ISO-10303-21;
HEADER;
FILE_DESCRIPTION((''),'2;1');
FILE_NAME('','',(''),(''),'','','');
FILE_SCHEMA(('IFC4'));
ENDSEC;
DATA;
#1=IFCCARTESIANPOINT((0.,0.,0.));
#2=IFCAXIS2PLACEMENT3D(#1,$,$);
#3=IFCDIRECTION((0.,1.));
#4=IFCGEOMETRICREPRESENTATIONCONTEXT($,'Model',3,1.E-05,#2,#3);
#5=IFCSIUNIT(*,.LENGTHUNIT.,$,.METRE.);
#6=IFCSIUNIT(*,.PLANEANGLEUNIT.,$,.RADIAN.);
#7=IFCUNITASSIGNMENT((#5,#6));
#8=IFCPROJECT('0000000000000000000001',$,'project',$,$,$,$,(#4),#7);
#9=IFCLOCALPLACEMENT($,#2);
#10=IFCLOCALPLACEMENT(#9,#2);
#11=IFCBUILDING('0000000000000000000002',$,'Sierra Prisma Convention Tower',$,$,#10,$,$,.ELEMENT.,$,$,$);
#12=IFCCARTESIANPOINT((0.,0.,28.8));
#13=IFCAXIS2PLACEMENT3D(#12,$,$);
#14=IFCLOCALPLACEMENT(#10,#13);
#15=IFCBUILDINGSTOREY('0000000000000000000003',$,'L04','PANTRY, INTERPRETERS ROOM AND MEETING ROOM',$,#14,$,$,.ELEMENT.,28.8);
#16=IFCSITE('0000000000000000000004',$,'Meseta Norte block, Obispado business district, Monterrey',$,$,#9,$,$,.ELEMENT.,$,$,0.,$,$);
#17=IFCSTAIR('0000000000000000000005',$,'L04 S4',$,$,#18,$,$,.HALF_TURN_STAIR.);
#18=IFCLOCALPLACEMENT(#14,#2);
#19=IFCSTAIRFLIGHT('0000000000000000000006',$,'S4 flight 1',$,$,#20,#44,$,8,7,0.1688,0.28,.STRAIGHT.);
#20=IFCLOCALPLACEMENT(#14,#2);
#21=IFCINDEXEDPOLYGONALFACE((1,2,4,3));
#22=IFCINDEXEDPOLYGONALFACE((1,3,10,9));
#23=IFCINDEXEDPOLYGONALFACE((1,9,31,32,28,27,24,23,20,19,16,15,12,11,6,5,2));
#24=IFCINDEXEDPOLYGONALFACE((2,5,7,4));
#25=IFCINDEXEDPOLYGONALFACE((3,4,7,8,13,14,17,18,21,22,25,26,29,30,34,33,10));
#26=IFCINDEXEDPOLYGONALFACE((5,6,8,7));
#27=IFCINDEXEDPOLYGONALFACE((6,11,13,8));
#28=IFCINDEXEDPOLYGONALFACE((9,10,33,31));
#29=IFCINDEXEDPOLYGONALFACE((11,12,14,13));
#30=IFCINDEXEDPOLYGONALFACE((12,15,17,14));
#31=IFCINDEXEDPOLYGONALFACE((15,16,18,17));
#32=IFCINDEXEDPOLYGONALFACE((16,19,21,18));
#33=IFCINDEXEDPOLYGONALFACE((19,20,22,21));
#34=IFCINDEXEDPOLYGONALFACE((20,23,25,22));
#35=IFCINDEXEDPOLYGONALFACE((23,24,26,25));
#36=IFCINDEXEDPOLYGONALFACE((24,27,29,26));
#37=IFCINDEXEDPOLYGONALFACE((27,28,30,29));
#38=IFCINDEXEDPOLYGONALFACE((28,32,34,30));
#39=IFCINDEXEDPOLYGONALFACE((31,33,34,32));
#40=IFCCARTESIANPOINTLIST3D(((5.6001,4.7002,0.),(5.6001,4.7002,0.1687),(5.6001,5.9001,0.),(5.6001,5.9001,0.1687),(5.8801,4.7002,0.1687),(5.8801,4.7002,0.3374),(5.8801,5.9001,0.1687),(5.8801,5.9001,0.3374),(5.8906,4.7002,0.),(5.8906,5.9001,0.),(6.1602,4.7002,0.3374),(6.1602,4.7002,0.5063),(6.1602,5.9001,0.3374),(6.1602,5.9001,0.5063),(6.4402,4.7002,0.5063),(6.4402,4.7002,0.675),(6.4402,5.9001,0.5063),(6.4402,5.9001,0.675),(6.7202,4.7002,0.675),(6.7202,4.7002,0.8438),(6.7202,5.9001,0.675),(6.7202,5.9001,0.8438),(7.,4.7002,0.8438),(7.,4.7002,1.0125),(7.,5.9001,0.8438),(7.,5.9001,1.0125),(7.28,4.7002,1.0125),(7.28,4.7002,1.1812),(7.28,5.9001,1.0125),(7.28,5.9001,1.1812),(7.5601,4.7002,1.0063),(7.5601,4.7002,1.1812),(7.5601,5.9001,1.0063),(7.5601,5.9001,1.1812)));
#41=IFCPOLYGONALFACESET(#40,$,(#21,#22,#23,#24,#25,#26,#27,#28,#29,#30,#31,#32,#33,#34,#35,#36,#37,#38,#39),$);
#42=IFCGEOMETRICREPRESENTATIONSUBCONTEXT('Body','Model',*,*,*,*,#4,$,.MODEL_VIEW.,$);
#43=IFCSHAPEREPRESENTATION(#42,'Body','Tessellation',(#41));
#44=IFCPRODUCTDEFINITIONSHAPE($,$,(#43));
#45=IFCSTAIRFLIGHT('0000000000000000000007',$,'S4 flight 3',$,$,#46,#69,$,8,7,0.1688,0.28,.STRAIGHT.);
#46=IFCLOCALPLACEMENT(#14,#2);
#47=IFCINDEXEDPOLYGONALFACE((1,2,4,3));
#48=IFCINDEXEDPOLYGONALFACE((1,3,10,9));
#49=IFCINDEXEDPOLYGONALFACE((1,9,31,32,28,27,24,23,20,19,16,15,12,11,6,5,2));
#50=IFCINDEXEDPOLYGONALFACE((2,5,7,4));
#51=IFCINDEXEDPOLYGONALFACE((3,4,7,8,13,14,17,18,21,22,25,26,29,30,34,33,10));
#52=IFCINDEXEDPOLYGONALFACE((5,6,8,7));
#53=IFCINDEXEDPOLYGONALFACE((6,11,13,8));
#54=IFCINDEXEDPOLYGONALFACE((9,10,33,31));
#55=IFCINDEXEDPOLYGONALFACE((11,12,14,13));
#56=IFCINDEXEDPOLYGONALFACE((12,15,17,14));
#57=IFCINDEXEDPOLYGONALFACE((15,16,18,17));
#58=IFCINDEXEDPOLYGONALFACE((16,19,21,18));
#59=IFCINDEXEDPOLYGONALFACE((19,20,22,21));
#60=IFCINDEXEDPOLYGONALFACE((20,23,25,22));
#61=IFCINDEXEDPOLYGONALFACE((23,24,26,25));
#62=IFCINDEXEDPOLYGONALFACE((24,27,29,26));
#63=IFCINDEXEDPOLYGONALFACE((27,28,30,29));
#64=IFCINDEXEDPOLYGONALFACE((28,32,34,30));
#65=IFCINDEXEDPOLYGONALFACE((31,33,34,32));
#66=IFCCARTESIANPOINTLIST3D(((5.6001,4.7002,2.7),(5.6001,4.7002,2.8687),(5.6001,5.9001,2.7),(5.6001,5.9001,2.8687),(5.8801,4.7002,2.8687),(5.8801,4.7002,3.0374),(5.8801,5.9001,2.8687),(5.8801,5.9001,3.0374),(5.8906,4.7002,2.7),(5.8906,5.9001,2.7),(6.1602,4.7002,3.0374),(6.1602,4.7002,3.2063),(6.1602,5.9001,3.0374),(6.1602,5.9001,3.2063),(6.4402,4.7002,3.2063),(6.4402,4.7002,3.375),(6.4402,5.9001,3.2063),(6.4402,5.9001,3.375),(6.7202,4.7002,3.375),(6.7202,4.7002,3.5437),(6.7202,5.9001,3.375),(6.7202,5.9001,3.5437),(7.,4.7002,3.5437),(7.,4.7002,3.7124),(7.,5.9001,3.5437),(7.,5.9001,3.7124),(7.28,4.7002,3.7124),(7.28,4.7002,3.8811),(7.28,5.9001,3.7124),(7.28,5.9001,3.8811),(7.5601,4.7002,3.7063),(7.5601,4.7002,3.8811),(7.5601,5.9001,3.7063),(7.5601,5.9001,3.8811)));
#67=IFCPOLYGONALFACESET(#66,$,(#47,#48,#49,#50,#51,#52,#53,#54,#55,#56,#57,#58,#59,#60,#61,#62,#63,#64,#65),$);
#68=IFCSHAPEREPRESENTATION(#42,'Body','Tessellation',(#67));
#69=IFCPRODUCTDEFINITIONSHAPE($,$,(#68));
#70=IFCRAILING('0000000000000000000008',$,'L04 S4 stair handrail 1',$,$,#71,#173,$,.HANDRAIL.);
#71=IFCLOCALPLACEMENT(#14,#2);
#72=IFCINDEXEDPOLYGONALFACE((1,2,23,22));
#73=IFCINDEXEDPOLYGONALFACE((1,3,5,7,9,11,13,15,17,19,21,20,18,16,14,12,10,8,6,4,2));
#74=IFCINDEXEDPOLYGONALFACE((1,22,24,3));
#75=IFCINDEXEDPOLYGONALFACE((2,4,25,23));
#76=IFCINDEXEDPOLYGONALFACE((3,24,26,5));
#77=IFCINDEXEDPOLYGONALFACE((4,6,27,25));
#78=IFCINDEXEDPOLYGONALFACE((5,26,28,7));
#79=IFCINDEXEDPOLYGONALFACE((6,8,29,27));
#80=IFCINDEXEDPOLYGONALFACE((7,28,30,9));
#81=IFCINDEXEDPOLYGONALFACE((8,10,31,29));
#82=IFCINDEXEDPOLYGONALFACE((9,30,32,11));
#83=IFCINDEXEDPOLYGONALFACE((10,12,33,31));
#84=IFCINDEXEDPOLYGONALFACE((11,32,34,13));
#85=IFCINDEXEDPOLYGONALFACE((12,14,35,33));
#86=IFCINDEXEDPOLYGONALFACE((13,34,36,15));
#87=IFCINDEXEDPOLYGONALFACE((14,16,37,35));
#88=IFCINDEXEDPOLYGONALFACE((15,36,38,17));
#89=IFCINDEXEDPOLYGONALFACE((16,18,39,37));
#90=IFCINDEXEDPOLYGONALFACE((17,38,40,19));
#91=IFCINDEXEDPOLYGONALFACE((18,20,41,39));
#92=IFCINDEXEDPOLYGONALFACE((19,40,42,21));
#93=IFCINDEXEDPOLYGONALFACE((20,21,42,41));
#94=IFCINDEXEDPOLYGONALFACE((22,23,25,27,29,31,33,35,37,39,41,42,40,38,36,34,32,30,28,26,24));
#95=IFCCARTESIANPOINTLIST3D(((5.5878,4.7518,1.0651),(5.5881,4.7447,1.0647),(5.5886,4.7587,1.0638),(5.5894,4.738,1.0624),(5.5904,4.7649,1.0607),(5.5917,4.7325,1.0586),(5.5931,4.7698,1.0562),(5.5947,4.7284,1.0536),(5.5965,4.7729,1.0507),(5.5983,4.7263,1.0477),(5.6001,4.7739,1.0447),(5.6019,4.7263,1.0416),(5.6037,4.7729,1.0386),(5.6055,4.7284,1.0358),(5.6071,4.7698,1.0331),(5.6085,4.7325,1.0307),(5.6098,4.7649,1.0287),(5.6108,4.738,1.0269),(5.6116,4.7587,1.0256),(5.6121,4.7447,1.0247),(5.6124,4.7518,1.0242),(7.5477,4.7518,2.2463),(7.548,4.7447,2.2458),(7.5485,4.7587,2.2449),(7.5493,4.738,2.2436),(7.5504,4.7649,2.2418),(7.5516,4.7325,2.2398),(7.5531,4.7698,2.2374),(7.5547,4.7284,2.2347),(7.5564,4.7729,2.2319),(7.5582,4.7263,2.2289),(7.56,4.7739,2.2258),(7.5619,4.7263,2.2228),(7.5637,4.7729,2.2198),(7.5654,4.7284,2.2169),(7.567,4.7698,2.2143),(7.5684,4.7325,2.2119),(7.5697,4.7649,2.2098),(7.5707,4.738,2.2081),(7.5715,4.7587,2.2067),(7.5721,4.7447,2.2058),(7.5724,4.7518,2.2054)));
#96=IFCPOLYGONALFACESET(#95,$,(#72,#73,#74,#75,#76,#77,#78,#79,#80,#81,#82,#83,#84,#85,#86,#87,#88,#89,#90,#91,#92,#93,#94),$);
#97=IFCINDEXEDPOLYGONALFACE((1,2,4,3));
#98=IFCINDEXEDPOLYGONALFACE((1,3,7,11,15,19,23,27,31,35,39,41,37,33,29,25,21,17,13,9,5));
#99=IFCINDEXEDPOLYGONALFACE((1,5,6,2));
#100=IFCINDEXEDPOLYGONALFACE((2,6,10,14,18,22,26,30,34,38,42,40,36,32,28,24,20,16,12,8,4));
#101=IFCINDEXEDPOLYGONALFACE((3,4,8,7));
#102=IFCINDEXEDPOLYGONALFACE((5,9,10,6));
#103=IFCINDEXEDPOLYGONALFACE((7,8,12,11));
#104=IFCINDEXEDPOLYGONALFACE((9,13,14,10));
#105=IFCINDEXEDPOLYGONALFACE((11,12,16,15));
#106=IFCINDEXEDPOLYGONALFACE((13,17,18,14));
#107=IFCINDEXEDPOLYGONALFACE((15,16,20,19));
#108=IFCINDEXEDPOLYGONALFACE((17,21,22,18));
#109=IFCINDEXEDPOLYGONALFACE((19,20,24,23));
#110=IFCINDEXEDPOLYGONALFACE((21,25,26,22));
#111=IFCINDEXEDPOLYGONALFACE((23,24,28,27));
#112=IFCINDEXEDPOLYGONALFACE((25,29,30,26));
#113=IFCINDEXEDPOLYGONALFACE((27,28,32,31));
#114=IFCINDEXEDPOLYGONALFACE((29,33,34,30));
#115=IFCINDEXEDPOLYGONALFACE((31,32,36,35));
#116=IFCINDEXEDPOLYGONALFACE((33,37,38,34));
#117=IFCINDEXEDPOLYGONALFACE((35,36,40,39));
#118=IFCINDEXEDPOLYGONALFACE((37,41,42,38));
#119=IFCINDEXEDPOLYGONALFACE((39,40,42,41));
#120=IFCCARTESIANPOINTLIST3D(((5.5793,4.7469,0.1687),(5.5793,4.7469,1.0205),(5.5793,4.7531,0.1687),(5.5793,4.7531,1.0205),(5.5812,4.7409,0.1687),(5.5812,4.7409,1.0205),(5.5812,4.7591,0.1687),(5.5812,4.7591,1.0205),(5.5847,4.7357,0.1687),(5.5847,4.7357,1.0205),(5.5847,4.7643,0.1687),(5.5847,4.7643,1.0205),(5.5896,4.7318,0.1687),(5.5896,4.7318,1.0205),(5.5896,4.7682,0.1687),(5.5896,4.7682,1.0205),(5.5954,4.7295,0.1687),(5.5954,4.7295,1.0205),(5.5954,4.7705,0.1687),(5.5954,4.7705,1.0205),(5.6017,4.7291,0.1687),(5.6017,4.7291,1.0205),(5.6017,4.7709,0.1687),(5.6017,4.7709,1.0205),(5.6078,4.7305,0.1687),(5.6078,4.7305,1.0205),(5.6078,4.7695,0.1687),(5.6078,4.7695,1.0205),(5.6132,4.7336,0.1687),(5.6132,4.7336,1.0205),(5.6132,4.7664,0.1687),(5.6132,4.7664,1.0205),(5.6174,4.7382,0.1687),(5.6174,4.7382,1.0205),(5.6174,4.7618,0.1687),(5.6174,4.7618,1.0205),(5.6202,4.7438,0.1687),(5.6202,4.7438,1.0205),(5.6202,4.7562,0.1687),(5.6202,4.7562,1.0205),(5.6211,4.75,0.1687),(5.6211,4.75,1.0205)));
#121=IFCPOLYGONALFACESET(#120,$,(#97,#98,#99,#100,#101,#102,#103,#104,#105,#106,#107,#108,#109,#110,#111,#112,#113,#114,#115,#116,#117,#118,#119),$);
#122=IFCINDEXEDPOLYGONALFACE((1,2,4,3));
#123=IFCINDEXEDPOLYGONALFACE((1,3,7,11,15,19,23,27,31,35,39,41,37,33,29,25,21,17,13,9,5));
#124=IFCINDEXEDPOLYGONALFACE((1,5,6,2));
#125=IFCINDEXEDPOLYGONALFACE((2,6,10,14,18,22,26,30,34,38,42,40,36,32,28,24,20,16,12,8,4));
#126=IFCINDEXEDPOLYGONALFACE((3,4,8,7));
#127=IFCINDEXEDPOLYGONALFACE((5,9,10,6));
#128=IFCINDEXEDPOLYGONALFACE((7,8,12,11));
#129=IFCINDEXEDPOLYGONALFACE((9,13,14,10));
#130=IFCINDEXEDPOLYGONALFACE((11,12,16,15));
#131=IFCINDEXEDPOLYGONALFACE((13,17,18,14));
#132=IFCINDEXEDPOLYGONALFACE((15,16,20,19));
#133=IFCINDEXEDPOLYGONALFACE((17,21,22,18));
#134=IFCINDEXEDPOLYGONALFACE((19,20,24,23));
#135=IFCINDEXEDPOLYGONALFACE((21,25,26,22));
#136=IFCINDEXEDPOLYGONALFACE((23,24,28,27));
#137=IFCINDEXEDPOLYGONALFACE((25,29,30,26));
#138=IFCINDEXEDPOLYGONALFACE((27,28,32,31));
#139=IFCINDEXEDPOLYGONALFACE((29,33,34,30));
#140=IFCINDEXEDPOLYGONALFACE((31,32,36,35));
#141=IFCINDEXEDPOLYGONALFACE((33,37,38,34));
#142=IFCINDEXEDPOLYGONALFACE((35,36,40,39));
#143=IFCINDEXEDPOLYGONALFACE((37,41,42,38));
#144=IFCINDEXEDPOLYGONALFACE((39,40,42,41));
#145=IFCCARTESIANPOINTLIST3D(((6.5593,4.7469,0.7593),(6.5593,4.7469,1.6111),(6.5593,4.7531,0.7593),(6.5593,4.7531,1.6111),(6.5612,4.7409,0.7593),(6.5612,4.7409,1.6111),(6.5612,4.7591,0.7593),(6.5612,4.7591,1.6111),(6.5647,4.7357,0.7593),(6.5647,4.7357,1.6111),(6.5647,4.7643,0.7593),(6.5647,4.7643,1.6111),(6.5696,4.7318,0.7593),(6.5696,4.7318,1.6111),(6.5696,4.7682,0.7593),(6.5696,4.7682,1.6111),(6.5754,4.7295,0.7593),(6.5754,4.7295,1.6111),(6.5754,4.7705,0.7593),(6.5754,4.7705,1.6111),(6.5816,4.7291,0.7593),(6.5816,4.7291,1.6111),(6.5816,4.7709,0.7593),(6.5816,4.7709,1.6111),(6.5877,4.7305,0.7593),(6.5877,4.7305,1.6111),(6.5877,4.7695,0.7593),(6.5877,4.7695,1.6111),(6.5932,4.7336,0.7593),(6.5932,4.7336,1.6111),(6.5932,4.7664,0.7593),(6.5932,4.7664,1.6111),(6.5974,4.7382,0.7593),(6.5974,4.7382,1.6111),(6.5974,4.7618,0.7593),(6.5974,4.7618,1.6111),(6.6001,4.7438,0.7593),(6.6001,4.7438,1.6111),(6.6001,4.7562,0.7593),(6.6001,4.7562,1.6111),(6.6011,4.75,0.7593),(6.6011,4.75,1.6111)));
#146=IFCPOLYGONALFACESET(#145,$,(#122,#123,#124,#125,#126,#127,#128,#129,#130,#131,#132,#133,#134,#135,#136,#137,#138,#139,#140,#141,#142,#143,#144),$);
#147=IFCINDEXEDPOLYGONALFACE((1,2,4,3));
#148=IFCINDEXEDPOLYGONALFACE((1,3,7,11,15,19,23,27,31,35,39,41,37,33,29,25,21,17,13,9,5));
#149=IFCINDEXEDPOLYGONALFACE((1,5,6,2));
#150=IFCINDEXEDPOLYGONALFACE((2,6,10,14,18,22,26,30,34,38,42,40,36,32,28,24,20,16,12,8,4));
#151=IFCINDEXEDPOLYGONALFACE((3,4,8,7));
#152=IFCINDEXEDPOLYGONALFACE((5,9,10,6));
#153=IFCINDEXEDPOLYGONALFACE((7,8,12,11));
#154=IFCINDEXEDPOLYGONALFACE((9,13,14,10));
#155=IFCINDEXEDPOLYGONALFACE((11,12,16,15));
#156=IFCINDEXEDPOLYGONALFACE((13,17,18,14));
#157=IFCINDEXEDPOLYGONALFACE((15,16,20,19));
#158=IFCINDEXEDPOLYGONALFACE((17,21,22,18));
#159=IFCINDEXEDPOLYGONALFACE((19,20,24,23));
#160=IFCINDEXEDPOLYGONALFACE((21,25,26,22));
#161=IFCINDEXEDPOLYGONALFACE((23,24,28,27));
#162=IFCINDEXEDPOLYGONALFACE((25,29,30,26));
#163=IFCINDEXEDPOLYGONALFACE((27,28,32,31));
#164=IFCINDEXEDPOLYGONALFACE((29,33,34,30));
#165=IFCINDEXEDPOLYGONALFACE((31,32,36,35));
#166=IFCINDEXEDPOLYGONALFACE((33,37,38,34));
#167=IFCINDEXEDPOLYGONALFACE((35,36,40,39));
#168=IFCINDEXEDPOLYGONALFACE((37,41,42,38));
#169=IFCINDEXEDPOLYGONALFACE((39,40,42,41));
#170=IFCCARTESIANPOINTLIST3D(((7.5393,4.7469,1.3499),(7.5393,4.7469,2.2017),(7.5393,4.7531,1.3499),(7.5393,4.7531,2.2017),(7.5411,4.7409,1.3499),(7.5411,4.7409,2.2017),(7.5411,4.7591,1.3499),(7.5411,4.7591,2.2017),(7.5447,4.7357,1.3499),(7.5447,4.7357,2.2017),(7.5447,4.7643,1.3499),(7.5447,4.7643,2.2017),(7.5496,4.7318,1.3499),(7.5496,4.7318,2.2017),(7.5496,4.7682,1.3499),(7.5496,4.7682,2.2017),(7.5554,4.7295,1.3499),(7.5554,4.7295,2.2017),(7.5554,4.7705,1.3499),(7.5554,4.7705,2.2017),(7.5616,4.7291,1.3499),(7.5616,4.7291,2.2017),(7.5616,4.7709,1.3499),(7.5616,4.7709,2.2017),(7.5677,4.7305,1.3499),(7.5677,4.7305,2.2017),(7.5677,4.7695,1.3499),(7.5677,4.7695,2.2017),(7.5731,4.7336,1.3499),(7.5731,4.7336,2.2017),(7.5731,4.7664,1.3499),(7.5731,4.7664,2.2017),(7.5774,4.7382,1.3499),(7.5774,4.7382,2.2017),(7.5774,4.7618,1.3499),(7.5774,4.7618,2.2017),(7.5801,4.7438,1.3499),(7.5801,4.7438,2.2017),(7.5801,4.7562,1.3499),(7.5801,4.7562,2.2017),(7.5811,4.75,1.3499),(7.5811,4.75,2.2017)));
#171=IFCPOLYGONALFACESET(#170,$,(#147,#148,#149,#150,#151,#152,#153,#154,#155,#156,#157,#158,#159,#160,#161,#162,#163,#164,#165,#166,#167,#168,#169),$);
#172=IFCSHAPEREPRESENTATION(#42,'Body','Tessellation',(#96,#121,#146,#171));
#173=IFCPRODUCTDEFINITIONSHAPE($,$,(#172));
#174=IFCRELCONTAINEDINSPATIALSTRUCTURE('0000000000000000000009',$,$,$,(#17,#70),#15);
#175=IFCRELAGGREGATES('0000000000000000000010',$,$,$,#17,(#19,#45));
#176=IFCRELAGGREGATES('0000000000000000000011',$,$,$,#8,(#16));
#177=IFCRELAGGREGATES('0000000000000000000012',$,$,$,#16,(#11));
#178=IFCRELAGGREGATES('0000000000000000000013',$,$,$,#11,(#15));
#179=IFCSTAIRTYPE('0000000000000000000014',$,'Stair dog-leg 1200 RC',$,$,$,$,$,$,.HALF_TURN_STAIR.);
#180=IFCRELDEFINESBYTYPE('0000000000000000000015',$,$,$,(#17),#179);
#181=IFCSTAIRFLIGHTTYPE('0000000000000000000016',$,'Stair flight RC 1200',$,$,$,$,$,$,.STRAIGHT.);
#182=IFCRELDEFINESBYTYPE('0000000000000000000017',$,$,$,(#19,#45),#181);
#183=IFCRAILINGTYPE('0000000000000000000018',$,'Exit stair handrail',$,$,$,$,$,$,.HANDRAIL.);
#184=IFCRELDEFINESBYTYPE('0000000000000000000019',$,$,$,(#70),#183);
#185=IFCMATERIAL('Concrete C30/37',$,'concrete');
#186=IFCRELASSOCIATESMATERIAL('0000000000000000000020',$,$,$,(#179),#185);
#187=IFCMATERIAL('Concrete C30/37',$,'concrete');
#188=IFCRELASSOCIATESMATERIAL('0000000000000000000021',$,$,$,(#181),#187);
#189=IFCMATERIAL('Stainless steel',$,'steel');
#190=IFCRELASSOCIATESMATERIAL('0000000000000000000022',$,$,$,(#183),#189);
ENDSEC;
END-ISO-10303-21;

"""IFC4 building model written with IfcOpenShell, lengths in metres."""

from ifc_helpers import new_model, si_unit, direction, frame, origin, origin_2d, place, context, subcontext, project, spatial, polyline, circle, outline, extrude, material, type_object, element, aggregate, save


model = new_model("IFC4")

# Units and contexts
model_context = context("Model", 3, precision=1e-05, world=origin(), true_north=direction((0.0, 1.0)))
body_context = subcontext(model_context, "Body", "Model", "MODEL_VIEW")
ifc_project = project(units=[si_unit("LENGTHUNIT", "METRE"), si_unit("PLANEANGLEUNIT", "RADIAN")], contexts=[model_context])

# Site, building, storey
site_placement = place(None, origin())
site = spatial("IfcSite", under=ifc_project, at=site_placement, Name="Meseta Norte block, Obispado business district, Monterrey", CompositionType="ELEMENT", RefElevation=0.0)
building_placement = place(site_placement, origin())
building = spatial("IfcBuilding", under=site, at=building_placement, Name="Sierra Prisma Convention Tower", CompositionType="ELEMENT")
storey_placement = place(building_placement, frame((0.0, 0.0, 28.8)))
storey = spatial("IfcBuildingStorey", under=building, at=storey_placement, Name="L04", Description="PANTRY, INTERPRETERS ROOM AND MEETING ROOM", CompositionType="ELEMENT", Elevation=28.8)

# Shared definitions
ifc_material_1 = material(Name="Concrete C30/37", Category="concrete")
stair_type = type_object("IfcStairType", Name="Stair dog-leg 1200 RC", PredefinedType="HALF_TURN_STAIR", material=ifc_material_1)

# Stair
stair_1_placement = place(storey_placement, origin())
stair_1 = element("IfcStair", 1, at=stair_1_placement, inside=storey, type_object=stair_type, Name="L04 S4", PredefinedType="HALF_TURN_STAIR")

# Stair flights
ifc_material_2 = material(Name="Concrete C30/37", Category="concrete")
stair_flight_type = type_object("IfcStairFlightType", Name="Stair flight RC 1200", PredefinedType="STRAIGHT", material=ifc_material_2)
stair_flight_1_placement = place(storey_placement, frame((5.6001, 5.3, 0.0), z_axis=(0.0, 0.0, 1.0), x_axis=(1.0, 0.0, 0.0)))
stair_flight_1 = element("IfcStairFlight", 2, at=stair_flight_1_placement, type_object=stair_flight_type, Name="S4 flight 1", NumberOfRisers=8, NumberOfTreads=7, PredefinedType="STRAIGHT", RiserHeight=0.1688, TreadLength=0.28, context=body_context, shape_type="SweptSolid", body=[
    extrude(outline(polyline([(0.0, 0.0), (0.0, 0.1687), (0.28, 0.1687), (0.28, 0.3374), (0.5601, 0.3374), (0.5601, 0.5063), (0.8401, 0.5063), (0.8401, 0.675), (1.1201, 0.675), (1.1201, 0.8438), (1.3999, 0.8438), (1.3999, 1.0125), (1.6799, 1.0125), (1.6799, 1.1812), (1.96, 1.1812), (1.96, 1.3501), (1.96, 1.0063), (0.2905, 0.0), (0.0, 0.0)])), frame((0.0, 0.6001, 0.0), z_axis=(0.0, -1.0, 0.0), x_axis=(1.0, 0.0, 0.0)), (0.0, 0.0, 1.0), 1.2),
])
stair_flight_2_placement = place(storey_placement, frame((5.6001, 5.3, 2.7), z_axis=(0.0, 0.0, 1.0), x_axis=(1.0, 0.0, 0.0)))
stair_flight_2 = element("IfcStairFlight", 3, at=stair_flight_2_placement, type_object=stair_flight_type, Name="S4 flight 3", NumberOfRisers=8, NumberOfTreads=7, PredefinedType="STRAIGHT", RiserHeight=0.1688, TreadLength=0.28, context=body_context, shape_type="SweptSolid", body=[
    extrude(outline(polyline([(0.0, 0.0), (0.0, 0.1687), (0.28, 0.1687), (0.28, 0.3374), (0.5601, 0.3374), (0.5601, 0.5063), (0.8401, 0.5063), (0.8401, 0.675), (1.1201, 0.675), (1.1201, 0.8438), (1.3999, 0.8438), (1.3999, 1.0125), (1.6799, 1.0125), (1.6799, 1.1812), (1.96, 1.1812), (1.96, 1.3501), (1.96, 1.0063), (0.2905, 0.0), (0.0, 0.0)])), frame((0.0, 0.6001, 0.0), z_axis=(0.0, -1.0, 0.0), x_axis=(1.0, 0.0, 0.0)), (0.0, 0.0, 1.0), 1.2),
])
aggregate(stair_1, [stair_flight_1, stair_flight_2])

# Railing
ifc_material_3 = material(Name="Stainless steel", Category="steel")
railing_type_1 = type_object("IfcRailingType", Name="Exit stair handrail", PredefinedType="HANDRAIL", material=ifc_material_3)
railing_1_placement = place(storey_placement, frame((5.6001, 4.75, 0.1687)))
element("IfcRailing", 4, at=railing_1_placement, inside=storey, type_object=railing_type_1, Name="L04 S4 stair handrail 1", PredefinedType="HANDRAIL", context=body_context, shape_type="SweptSolid", body=[
    extrude(circle(Radius=0.0239, at=origin_2d()), frame((0.0, 0.0, 0.876), z_axis=(0.856493, 0.0, 0.516158), x_axis=(0.0, 1.0, 0.0)), (0.0, 0.0, 1.0), 2.2883),
    extrude(circle(Radius=0.021, at=origin_2d()), origin(), (0.0, 0.0, 1.0), 0.8518),
    extrude(circle(Radius=0.021, at=origin_2d()), frame((0.98, 0.0, 0.5906)), (0.0, 0.0, 1.0), 0.8518),
    extrude(circle(Radius=0.021, at=origin_2d()), frame((1.96, 0.0, 1.1812)), (0.0, 0.0, 1.0), 0.8518),
])

save(model, "model.ifc")
